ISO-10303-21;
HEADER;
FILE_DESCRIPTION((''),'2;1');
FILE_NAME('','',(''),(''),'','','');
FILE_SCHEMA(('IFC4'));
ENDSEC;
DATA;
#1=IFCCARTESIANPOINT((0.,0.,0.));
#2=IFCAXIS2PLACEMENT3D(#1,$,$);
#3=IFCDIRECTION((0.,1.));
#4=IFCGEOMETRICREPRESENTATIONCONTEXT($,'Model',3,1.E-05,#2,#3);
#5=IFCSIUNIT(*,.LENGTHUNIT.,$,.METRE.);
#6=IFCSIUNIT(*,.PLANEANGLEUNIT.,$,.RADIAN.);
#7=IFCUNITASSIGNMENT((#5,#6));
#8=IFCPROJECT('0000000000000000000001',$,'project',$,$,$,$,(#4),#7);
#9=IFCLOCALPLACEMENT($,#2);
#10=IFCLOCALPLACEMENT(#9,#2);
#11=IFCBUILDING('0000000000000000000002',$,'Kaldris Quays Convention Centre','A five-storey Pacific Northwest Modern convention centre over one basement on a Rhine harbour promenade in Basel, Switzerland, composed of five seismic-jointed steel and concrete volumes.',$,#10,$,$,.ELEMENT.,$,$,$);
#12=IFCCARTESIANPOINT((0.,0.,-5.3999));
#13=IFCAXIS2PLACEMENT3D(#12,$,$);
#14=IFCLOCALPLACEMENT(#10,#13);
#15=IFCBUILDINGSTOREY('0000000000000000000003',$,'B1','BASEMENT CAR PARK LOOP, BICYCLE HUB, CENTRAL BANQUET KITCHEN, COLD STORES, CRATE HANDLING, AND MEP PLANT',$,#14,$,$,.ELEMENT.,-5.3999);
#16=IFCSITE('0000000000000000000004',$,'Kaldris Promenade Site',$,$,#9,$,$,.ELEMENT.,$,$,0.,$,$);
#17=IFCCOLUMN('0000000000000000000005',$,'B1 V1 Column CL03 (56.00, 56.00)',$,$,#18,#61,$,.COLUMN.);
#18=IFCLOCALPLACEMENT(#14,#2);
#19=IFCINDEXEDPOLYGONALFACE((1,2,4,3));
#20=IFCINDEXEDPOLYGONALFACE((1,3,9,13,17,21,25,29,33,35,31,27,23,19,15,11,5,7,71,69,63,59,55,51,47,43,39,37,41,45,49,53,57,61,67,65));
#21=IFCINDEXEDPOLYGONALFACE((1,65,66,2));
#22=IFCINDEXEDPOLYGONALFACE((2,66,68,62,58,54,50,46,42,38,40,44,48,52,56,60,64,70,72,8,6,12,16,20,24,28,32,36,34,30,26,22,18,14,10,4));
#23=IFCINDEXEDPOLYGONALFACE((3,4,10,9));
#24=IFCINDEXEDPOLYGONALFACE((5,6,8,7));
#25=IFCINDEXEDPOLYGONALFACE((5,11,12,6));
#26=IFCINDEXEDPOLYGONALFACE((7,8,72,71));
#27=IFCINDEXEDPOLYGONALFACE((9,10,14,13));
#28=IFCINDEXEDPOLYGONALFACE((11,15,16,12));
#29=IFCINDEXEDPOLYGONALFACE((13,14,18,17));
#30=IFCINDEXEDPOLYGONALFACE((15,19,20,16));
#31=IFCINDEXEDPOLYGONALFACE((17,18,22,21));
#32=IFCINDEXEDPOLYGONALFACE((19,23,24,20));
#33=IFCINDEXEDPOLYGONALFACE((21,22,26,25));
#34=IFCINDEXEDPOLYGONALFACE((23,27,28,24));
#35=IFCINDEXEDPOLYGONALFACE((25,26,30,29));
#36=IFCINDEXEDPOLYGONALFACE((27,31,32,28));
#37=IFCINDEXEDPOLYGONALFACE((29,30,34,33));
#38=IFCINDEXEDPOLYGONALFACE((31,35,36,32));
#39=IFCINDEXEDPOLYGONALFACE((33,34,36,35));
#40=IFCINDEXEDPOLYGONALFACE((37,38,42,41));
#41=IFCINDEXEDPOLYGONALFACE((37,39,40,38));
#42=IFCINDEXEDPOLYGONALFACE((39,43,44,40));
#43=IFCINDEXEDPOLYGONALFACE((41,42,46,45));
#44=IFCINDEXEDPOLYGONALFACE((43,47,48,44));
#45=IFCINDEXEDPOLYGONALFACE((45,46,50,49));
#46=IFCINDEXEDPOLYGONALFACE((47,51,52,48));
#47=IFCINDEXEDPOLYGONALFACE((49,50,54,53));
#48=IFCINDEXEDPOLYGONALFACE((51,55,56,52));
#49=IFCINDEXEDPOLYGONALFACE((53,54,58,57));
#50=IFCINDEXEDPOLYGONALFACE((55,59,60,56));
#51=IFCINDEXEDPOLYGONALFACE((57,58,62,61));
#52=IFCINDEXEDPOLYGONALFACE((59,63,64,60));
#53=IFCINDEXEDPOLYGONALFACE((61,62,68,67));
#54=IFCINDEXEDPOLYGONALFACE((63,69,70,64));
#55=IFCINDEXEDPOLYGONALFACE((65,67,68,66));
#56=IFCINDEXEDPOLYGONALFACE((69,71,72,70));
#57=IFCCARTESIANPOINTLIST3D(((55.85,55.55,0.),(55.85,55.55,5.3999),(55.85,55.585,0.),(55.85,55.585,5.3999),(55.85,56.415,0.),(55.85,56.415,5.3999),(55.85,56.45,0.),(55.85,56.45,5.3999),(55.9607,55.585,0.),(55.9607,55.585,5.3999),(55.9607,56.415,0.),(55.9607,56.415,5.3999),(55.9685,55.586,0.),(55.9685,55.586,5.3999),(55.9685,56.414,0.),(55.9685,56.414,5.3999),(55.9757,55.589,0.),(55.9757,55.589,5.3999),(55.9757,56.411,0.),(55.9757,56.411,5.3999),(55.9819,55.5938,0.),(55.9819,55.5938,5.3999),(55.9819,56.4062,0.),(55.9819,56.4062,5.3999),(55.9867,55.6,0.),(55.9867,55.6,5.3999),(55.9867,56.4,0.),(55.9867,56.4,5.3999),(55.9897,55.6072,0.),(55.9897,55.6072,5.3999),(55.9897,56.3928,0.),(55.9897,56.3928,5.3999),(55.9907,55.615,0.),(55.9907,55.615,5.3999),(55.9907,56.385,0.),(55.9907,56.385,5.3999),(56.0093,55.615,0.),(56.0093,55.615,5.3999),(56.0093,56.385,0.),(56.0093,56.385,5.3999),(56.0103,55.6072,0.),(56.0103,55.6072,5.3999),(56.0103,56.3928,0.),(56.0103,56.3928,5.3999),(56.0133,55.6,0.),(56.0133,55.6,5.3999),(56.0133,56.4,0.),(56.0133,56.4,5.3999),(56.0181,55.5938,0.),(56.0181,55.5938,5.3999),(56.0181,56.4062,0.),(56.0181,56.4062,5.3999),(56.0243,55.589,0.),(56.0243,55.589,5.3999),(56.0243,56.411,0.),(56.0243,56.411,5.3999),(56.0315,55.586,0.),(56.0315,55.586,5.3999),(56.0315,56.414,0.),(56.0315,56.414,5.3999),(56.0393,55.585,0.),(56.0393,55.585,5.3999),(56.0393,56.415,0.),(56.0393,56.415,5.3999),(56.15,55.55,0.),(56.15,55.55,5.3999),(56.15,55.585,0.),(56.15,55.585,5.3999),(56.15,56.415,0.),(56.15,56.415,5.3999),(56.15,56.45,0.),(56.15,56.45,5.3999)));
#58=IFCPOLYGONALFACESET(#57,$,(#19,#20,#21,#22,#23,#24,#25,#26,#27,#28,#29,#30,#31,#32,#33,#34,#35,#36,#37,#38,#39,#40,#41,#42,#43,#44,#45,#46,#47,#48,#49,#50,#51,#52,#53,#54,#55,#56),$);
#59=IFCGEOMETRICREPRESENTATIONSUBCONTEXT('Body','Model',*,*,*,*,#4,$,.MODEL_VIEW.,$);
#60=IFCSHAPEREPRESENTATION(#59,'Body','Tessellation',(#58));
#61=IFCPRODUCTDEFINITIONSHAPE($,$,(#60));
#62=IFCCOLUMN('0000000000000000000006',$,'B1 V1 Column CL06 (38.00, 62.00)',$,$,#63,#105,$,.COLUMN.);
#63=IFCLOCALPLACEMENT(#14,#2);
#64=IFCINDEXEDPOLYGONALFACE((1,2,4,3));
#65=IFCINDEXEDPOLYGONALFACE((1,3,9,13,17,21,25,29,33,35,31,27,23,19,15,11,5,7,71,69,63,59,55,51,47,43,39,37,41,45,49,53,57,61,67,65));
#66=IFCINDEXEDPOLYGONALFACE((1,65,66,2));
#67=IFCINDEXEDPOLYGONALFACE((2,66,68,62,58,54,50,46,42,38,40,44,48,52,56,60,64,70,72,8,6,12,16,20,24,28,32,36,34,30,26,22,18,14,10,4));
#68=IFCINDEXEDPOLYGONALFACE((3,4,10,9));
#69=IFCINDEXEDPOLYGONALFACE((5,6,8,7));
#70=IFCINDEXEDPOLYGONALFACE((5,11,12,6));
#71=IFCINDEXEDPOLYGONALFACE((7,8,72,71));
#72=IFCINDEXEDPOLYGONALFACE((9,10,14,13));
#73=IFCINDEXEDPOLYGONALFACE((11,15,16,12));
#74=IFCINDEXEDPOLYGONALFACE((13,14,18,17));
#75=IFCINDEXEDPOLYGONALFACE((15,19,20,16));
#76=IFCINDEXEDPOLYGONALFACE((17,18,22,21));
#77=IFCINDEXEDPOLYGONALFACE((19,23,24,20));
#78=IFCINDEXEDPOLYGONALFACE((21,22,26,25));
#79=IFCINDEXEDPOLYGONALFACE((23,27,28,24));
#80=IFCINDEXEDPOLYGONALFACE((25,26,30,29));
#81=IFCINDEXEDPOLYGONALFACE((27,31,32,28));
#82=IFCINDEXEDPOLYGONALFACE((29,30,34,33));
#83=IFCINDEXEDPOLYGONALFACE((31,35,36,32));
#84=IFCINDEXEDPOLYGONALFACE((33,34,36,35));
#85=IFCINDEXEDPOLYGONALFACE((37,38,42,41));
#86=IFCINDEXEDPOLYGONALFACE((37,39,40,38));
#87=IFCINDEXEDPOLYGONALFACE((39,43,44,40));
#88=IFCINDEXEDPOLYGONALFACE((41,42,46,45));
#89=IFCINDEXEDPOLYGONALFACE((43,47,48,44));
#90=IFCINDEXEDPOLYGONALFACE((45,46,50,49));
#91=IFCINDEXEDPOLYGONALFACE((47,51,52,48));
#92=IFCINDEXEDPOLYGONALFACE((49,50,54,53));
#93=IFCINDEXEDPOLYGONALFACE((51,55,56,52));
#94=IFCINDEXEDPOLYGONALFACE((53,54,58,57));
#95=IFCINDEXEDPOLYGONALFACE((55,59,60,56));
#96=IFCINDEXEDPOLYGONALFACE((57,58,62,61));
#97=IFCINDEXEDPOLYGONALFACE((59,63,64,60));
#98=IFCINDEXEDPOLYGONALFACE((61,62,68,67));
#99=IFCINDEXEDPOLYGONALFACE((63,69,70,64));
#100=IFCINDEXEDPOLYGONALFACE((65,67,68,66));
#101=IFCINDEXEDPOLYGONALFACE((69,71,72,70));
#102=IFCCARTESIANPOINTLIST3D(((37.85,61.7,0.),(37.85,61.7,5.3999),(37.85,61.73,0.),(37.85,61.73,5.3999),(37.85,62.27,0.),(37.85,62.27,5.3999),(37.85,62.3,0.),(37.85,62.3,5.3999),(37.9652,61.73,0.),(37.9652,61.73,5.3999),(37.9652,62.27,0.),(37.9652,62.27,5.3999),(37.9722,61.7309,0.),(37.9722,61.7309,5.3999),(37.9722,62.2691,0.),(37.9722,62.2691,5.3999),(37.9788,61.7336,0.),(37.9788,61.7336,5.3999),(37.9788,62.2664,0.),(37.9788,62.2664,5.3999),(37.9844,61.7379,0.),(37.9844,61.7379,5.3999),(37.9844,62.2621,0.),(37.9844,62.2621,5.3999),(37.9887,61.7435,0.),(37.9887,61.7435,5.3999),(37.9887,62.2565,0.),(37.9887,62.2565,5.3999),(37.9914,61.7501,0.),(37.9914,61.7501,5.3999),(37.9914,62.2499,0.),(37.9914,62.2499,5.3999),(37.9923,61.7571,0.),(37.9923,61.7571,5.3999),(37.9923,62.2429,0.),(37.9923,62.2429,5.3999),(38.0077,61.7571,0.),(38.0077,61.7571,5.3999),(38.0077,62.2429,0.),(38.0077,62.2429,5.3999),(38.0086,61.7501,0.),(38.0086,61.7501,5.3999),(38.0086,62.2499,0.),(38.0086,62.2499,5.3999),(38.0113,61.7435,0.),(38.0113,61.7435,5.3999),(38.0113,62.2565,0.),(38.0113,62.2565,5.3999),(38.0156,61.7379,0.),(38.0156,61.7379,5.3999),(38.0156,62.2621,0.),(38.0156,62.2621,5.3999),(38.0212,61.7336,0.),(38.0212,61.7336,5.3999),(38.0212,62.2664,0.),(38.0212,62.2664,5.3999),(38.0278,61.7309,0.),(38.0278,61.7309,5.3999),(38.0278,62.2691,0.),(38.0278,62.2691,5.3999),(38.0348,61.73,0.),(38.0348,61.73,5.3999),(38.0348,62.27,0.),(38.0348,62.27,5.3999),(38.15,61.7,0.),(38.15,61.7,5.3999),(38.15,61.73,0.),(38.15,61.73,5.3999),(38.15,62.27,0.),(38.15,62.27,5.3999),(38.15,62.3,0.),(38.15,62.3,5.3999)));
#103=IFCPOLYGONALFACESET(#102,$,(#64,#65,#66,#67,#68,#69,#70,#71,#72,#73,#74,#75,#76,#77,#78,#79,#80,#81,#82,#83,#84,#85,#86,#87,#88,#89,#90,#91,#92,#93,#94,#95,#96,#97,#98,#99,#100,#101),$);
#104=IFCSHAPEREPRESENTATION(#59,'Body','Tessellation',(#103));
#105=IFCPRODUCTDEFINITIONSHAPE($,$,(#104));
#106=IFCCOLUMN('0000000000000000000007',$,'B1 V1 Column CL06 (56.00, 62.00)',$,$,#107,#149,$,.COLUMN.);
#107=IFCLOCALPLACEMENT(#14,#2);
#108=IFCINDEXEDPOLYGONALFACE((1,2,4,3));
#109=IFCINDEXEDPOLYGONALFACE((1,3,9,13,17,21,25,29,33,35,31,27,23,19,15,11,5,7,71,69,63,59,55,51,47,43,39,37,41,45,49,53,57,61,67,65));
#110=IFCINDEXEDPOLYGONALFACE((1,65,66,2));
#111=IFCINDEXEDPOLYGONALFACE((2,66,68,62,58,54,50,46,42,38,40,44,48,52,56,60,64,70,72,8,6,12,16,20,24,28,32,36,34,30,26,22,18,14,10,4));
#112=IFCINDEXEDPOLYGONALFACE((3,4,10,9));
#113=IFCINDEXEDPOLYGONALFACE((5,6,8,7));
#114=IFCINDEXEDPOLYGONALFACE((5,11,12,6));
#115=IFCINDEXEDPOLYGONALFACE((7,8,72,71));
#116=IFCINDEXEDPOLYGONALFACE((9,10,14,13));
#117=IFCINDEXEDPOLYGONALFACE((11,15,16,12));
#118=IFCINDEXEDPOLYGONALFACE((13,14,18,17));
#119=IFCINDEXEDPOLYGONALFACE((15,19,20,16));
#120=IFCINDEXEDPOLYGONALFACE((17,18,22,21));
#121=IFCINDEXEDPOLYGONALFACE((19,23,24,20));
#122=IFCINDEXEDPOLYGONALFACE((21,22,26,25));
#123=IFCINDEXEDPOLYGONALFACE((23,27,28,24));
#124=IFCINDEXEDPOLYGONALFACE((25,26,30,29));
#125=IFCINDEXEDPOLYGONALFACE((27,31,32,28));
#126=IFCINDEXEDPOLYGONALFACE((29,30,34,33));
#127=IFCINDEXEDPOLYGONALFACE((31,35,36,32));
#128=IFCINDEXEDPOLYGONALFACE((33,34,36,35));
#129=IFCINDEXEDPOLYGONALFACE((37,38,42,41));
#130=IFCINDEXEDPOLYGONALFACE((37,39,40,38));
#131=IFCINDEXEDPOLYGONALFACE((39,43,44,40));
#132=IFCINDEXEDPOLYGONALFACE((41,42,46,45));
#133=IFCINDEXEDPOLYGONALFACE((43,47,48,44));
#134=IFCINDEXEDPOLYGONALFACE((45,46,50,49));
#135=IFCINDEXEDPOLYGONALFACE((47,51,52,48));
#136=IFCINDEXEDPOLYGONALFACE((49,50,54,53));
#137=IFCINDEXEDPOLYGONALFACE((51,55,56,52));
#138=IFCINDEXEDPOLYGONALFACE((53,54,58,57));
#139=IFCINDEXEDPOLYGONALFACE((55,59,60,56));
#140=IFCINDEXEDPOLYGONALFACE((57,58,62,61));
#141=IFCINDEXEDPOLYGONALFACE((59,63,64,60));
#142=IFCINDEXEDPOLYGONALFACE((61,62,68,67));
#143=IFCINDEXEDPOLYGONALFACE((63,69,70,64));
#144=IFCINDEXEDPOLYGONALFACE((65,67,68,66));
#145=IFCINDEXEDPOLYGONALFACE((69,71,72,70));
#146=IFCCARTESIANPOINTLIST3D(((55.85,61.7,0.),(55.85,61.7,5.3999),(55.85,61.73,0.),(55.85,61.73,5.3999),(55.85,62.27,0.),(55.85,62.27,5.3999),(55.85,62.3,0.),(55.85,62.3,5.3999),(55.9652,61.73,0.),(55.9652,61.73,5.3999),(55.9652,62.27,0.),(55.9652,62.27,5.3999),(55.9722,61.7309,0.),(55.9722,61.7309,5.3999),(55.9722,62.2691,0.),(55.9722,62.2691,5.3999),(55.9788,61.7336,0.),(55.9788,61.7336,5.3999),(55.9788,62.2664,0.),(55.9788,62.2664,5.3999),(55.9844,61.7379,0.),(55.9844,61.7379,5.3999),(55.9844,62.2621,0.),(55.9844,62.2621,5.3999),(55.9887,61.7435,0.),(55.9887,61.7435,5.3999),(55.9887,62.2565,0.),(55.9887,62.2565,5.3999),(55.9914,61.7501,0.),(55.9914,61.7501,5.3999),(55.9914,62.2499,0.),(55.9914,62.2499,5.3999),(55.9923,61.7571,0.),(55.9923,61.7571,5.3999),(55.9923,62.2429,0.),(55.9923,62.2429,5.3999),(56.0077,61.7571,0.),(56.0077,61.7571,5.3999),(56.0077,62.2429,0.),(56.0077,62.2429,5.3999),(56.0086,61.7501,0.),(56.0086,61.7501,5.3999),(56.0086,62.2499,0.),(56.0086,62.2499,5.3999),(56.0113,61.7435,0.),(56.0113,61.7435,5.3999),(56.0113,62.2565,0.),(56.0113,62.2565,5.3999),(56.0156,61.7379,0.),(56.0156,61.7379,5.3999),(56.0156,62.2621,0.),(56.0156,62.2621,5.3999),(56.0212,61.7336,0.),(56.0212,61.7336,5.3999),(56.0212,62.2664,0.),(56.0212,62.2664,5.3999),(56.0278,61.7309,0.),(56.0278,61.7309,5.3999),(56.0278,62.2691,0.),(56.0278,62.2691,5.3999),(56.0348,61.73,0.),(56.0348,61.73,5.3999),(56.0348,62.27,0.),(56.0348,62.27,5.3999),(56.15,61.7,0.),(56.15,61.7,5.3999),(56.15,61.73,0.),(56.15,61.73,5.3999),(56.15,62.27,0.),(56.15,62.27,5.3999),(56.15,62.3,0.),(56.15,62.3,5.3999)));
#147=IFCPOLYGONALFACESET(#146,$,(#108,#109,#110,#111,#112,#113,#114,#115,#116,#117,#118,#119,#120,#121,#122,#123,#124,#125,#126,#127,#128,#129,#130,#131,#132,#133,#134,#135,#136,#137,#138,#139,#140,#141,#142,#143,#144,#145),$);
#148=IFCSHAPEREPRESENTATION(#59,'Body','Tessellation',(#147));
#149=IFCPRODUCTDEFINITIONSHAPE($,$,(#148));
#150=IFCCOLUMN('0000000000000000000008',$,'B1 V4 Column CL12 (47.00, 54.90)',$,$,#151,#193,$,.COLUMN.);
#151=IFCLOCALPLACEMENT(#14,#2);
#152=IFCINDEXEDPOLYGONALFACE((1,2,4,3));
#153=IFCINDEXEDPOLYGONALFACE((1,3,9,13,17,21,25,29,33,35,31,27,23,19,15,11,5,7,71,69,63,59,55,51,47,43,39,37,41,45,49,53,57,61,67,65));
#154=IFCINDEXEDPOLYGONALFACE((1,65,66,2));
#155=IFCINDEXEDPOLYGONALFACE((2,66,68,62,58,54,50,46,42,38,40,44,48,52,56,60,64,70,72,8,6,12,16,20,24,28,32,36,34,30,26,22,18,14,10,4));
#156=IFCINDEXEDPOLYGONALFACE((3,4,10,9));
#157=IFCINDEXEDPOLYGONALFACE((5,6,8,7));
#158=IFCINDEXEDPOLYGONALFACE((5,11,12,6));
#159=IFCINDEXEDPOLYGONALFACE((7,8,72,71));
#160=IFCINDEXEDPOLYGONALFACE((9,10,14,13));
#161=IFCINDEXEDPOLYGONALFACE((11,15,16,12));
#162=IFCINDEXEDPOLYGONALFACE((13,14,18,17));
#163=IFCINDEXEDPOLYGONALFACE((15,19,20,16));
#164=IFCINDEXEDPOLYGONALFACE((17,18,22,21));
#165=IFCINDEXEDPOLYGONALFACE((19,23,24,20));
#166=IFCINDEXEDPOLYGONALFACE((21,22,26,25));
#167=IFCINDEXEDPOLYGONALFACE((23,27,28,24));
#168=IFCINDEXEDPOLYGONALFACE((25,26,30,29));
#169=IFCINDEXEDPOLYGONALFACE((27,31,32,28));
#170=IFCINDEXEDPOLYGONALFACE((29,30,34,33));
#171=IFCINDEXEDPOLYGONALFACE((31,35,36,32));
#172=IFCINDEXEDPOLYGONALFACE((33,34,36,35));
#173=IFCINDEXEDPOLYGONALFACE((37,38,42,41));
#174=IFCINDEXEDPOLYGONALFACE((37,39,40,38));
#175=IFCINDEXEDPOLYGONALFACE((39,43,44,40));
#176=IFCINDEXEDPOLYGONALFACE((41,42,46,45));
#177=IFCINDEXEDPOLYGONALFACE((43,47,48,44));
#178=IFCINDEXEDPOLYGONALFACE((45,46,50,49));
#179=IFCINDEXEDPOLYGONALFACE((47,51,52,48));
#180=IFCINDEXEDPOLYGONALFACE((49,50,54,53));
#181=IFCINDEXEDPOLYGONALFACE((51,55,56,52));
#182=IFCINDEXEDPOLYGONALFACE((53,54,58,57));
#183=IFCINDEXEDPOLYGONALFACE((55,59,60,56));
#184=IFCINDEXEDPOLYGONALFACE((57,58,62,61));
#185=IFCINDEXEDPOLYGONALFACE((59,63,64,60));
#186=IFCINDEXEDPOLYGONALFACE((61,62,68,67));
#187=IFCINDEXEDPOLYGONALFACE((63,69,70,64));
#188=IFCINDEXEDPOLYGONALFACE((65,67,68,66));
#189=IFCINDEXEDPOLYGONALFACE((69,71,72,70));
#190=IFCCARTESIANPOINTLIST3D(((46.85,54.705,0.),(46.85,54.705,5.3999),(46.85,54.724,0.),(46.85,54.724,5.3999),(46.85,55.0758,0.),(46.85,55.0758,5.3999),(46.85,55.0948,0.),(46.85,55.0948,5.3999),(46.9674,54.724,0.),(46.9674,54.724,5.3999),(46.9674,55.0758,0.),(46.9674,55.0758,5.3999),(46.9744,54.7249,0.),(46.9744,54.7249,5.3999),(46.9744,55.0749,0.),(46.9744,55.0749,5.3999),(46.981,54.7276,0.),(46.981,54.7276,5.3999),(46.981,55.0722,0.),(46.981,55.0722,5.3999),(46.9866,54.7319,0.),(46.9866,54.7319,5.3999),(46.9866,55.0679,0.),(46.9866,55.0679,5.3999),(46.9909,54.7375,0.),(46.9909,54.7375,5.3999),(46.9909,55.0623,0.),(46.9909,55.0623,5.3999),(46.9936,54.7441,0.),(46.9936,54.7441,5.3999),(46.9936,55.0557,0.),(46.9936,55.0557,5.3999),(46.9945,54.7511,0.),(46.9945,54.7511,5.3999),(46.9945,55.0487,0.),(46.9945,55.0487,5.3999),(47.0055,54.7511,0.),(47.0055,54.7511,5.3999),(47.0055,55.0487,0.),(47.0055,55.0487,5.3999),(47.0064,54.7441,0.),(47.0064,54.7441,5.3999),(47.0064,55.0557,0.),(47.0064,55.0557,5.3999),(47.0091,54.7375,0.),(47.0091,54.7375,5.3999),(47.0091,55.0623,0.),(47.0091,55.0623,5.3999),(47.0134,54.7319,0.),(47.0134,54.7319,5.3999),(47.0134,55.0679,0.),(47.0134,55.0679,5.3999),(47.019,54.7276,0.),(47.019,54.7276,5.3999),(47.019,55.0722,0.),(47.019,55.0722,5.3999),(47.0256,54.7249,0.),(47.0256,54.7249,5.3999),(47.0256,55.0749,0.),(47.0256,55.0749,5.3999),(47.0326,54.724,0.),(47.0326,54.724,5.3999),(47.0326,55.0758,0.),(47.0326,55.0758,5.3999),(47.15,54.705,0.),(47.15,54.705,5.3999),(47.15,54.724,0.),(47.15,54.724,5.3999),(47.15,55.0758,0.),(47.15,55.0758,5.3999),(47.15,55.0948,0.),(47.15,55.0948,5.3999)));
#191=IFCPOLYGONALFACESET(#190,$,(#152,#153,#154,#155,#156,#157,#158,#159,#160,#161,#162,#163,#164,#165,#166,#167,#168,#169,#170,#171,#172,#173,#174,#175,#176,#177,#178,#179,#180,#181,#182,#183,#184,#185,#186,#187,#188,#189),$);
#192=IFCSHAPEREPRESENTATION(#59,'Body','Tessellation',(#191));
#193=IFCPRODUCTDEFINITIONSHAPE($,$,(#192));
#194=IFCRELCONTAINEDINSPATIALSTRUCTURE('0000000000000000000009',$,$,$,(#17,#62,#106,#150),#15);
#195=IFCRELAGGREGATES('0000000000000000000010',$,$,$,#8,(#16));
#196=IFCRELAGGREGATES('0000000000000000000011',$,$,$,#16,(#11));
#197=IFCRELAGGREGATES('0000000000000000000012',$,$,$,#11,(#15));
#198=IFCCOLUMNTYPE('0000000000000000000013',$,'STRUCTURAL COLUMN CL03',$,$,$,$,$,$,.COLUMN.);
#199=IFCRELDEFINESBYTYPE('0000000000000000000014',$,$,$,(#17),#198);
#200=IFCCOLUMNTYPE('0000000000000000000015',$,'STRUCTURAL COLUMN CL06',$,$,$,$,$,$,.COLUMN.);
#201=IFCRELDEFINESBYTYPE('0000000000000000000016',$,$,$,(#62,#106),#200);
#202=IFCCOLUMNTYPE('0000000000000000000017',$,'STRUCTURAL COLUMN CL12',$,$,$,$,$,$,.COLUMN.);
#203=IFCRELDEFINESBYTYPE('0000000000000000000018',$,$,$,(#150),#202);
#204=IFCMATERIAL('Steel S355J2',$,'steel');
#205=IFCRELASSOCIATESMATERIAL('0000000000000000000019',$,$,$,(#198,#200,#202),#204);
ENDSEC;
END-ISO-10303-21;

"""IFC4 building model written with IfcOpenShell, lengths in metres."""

from ifc_helpers import new_model, si_unit, direction, frame, origin, origin_2d, place, context, subcontext, project, spatial, i_section, extrude, material, material_profile, profile_set, type_object, element, save


model = new_model("IFC4")

# Units and contexts
model_context = context("Model", 3, precision=1e-05, world=origin(), true_north=direction((0.0, 1.0)))
body_context = subcontext(model_context, "Body", "Model", "MODEL_VIEW")
ifc_project = project(units=[si_unit("LENGTHUNIT", "METRE"), si_unit("PLANEANGLEUNIT", "RADIAN")], contexts=[model_context])

# Site, building, storey
site_placement = place(None, origin())
site = spatial("IfcSite", under=ifc_project, at=site_placement, Name="Kaldris Promenade Site", CompositionType="ELEMENT", RefElevation=0.0)
building_placement = place(site_placement, origin())
building = spatial("IfcBuilding", under=site, at=building_placement, Name="Kaldris Quays Convention Centre", Description="A five-storey Pacific Northwest Modern convention centre over one basement on a Rhine harbour promenade in Basel, Switzerland, composed of five seismic-jointed steel and concrete volumes.", CompositionType="ELEMENT")
storey_placement = place(building_placement, frame((0.0, 0.0, -5.3999)))
storey = spatial("IfcBuildingStorey", under=building, at=storey_placement, Name="B1", Description="BASEMENT CAR PARK LOOP, BICYCLE HUB, CENTRAL BANQUET KITCHEN, COLD STORES, CRATE HANDLING, AND MEP PLANT", CompositionType="ELEMENT", Elevation=-5.3999)

# Columns
ifc_material_1 = material(Name="Steel S355J2", Category="steel")
ifc_material_profile_1 = material_profile(ifc_material_1, i_section(OverallWidth=0.3, OverallDepth=0.8999, WebThickness=0.0186, FlangeThickness=0.0349, FilletRadius=0.03, at=origin_2d()), Name="HEB 900")
ifc_profile_set_1 = profile_set([ifc_material_profile_1], Name="Steel S355J2")
column_type_1 = type_object("IfcColumnType", Name="STRUCTURAL COLUMN CL03", PredefinedType="COLUMN", material=ifc_profile_set_1)
for number, where, z_axis, x_axis, name in (
    (1, (56.0, 56.0, 0.0), (0.0, 0.0, 1.0), (1.0, 0.0, 0.0), "B1 V1 Column CL03 (56.00, 56.00)"),
):
    element("IfcColumn", number, at=place(storey_placement, frame(where, z_axis=z_axis, x_axis=x_axis)), inside=storey, type_object=column_type_1, Name=name, PredefinedType="COLUMN", context=body_context, shape_type="SweptSolid", body=[
        extrude(i_section(OverallWidth=0.3, OverallDepth=0.8999, WebThickness=0.0186, FlangeThickness=0.0349, FilletRadius=0.03, at=origin_2d()), origin(), (0.0, 0.0, 1.0), 5.3999),
    ])
ifc_material_profile_2 = material_profile(ifc_material_1, i_section(OverallWidth=0.3, OverallDepth=0.6001, WebThickness=0.0154, FlangeThickness=0.03, FilletRadius=0.0271, at=origin_2d()), Name="HEB 600")
ifc_profile_set_2 = profile_set([ifc_material_profile_2], Name="Steel S355J2")
column_type_2 = type_object("IfcColumnType", Name="STRUCTURAL COLUMN CL06", PredefinedType="COLUMN", material=ifc_profile_set_2)
for number, where, z_axis, x_axis, name in (
    (2, (38.0, 62.0, 0.0), (0.0, 0.0, 1.0), (1.0, 0.0, 0.0), "B1 V1 Column CL06 (38.00, 62.00)"),
    (3, (56.0, 62.0, 0.0), (0.0, 0.0, 1.0), (1.0, 0.0, 0.0), "B1 V1 Column CL06 (56.00, 62.00)"),
):
    element("IfcColumn", number, at=place(storey_placement, frame(where, z_axis=z_axis, x_axis=x_axis)), inside=storey, type_object=column_type_2, Name=name, PredefinedType="COLUMN", context=body_context, shape_type="SweptSolid", body=[
        extrude(i_section(OverallWidth=0.3, OverallDepth=0.6001, WebThickness=0.0154, FlangeThickness=0.03, FilletRadius=0.0271, at=origin_2d()), origin(), (0.0, 0.0, 1.0), 5.3999),
    ])
ifc_material_profile_3 = material_profile(ifc_material_1, i_section(OverallWidth=0.3, OverallDepth=0.3899, WebThickness=0.011, FlangeThickness=0.019, FilletRadius=0.0271, at=origin_2d()), Name="HEA 400")
ifc_profile_set_3 = profile_set([ifc_material_profile_3], Name="Steel S355J2")
column_type_3 = type_object("IfcColumnType", Name="STRUCTURAL COLUMN CL12", PredefinedType="COLUMN", material=ifc_profile_set_3)
for number, where, z_axis, x_axis, name in (
    (4, (47.0, 54.8999, 0.0), (0.0, 0.0, 1.0), (1.0, 0.0, 0.0), "B1 V4 Column CL12 (47.00, 54.90)"),
):
    element("IfcColumn", number, at=place(storey_placement, frame(where, z_axis=z_axis, x_axis=x_axis)), inside=storey, type_object=column_type_3, Name=name, PredefinedType="COLUMN", context=body_context, shape_type="SweptSolid", body=[
        extrude(i_section(OverallWidth=0.3, OverallDepth=0.3899, WebThickness=0.011, FlangeThickness=0.019, FilletRadius=0.0271, at=origin_2d()), origin(), (0.0, 0.0, 1.0), 5.3999),
    ])

save(model, "model.ifc")
